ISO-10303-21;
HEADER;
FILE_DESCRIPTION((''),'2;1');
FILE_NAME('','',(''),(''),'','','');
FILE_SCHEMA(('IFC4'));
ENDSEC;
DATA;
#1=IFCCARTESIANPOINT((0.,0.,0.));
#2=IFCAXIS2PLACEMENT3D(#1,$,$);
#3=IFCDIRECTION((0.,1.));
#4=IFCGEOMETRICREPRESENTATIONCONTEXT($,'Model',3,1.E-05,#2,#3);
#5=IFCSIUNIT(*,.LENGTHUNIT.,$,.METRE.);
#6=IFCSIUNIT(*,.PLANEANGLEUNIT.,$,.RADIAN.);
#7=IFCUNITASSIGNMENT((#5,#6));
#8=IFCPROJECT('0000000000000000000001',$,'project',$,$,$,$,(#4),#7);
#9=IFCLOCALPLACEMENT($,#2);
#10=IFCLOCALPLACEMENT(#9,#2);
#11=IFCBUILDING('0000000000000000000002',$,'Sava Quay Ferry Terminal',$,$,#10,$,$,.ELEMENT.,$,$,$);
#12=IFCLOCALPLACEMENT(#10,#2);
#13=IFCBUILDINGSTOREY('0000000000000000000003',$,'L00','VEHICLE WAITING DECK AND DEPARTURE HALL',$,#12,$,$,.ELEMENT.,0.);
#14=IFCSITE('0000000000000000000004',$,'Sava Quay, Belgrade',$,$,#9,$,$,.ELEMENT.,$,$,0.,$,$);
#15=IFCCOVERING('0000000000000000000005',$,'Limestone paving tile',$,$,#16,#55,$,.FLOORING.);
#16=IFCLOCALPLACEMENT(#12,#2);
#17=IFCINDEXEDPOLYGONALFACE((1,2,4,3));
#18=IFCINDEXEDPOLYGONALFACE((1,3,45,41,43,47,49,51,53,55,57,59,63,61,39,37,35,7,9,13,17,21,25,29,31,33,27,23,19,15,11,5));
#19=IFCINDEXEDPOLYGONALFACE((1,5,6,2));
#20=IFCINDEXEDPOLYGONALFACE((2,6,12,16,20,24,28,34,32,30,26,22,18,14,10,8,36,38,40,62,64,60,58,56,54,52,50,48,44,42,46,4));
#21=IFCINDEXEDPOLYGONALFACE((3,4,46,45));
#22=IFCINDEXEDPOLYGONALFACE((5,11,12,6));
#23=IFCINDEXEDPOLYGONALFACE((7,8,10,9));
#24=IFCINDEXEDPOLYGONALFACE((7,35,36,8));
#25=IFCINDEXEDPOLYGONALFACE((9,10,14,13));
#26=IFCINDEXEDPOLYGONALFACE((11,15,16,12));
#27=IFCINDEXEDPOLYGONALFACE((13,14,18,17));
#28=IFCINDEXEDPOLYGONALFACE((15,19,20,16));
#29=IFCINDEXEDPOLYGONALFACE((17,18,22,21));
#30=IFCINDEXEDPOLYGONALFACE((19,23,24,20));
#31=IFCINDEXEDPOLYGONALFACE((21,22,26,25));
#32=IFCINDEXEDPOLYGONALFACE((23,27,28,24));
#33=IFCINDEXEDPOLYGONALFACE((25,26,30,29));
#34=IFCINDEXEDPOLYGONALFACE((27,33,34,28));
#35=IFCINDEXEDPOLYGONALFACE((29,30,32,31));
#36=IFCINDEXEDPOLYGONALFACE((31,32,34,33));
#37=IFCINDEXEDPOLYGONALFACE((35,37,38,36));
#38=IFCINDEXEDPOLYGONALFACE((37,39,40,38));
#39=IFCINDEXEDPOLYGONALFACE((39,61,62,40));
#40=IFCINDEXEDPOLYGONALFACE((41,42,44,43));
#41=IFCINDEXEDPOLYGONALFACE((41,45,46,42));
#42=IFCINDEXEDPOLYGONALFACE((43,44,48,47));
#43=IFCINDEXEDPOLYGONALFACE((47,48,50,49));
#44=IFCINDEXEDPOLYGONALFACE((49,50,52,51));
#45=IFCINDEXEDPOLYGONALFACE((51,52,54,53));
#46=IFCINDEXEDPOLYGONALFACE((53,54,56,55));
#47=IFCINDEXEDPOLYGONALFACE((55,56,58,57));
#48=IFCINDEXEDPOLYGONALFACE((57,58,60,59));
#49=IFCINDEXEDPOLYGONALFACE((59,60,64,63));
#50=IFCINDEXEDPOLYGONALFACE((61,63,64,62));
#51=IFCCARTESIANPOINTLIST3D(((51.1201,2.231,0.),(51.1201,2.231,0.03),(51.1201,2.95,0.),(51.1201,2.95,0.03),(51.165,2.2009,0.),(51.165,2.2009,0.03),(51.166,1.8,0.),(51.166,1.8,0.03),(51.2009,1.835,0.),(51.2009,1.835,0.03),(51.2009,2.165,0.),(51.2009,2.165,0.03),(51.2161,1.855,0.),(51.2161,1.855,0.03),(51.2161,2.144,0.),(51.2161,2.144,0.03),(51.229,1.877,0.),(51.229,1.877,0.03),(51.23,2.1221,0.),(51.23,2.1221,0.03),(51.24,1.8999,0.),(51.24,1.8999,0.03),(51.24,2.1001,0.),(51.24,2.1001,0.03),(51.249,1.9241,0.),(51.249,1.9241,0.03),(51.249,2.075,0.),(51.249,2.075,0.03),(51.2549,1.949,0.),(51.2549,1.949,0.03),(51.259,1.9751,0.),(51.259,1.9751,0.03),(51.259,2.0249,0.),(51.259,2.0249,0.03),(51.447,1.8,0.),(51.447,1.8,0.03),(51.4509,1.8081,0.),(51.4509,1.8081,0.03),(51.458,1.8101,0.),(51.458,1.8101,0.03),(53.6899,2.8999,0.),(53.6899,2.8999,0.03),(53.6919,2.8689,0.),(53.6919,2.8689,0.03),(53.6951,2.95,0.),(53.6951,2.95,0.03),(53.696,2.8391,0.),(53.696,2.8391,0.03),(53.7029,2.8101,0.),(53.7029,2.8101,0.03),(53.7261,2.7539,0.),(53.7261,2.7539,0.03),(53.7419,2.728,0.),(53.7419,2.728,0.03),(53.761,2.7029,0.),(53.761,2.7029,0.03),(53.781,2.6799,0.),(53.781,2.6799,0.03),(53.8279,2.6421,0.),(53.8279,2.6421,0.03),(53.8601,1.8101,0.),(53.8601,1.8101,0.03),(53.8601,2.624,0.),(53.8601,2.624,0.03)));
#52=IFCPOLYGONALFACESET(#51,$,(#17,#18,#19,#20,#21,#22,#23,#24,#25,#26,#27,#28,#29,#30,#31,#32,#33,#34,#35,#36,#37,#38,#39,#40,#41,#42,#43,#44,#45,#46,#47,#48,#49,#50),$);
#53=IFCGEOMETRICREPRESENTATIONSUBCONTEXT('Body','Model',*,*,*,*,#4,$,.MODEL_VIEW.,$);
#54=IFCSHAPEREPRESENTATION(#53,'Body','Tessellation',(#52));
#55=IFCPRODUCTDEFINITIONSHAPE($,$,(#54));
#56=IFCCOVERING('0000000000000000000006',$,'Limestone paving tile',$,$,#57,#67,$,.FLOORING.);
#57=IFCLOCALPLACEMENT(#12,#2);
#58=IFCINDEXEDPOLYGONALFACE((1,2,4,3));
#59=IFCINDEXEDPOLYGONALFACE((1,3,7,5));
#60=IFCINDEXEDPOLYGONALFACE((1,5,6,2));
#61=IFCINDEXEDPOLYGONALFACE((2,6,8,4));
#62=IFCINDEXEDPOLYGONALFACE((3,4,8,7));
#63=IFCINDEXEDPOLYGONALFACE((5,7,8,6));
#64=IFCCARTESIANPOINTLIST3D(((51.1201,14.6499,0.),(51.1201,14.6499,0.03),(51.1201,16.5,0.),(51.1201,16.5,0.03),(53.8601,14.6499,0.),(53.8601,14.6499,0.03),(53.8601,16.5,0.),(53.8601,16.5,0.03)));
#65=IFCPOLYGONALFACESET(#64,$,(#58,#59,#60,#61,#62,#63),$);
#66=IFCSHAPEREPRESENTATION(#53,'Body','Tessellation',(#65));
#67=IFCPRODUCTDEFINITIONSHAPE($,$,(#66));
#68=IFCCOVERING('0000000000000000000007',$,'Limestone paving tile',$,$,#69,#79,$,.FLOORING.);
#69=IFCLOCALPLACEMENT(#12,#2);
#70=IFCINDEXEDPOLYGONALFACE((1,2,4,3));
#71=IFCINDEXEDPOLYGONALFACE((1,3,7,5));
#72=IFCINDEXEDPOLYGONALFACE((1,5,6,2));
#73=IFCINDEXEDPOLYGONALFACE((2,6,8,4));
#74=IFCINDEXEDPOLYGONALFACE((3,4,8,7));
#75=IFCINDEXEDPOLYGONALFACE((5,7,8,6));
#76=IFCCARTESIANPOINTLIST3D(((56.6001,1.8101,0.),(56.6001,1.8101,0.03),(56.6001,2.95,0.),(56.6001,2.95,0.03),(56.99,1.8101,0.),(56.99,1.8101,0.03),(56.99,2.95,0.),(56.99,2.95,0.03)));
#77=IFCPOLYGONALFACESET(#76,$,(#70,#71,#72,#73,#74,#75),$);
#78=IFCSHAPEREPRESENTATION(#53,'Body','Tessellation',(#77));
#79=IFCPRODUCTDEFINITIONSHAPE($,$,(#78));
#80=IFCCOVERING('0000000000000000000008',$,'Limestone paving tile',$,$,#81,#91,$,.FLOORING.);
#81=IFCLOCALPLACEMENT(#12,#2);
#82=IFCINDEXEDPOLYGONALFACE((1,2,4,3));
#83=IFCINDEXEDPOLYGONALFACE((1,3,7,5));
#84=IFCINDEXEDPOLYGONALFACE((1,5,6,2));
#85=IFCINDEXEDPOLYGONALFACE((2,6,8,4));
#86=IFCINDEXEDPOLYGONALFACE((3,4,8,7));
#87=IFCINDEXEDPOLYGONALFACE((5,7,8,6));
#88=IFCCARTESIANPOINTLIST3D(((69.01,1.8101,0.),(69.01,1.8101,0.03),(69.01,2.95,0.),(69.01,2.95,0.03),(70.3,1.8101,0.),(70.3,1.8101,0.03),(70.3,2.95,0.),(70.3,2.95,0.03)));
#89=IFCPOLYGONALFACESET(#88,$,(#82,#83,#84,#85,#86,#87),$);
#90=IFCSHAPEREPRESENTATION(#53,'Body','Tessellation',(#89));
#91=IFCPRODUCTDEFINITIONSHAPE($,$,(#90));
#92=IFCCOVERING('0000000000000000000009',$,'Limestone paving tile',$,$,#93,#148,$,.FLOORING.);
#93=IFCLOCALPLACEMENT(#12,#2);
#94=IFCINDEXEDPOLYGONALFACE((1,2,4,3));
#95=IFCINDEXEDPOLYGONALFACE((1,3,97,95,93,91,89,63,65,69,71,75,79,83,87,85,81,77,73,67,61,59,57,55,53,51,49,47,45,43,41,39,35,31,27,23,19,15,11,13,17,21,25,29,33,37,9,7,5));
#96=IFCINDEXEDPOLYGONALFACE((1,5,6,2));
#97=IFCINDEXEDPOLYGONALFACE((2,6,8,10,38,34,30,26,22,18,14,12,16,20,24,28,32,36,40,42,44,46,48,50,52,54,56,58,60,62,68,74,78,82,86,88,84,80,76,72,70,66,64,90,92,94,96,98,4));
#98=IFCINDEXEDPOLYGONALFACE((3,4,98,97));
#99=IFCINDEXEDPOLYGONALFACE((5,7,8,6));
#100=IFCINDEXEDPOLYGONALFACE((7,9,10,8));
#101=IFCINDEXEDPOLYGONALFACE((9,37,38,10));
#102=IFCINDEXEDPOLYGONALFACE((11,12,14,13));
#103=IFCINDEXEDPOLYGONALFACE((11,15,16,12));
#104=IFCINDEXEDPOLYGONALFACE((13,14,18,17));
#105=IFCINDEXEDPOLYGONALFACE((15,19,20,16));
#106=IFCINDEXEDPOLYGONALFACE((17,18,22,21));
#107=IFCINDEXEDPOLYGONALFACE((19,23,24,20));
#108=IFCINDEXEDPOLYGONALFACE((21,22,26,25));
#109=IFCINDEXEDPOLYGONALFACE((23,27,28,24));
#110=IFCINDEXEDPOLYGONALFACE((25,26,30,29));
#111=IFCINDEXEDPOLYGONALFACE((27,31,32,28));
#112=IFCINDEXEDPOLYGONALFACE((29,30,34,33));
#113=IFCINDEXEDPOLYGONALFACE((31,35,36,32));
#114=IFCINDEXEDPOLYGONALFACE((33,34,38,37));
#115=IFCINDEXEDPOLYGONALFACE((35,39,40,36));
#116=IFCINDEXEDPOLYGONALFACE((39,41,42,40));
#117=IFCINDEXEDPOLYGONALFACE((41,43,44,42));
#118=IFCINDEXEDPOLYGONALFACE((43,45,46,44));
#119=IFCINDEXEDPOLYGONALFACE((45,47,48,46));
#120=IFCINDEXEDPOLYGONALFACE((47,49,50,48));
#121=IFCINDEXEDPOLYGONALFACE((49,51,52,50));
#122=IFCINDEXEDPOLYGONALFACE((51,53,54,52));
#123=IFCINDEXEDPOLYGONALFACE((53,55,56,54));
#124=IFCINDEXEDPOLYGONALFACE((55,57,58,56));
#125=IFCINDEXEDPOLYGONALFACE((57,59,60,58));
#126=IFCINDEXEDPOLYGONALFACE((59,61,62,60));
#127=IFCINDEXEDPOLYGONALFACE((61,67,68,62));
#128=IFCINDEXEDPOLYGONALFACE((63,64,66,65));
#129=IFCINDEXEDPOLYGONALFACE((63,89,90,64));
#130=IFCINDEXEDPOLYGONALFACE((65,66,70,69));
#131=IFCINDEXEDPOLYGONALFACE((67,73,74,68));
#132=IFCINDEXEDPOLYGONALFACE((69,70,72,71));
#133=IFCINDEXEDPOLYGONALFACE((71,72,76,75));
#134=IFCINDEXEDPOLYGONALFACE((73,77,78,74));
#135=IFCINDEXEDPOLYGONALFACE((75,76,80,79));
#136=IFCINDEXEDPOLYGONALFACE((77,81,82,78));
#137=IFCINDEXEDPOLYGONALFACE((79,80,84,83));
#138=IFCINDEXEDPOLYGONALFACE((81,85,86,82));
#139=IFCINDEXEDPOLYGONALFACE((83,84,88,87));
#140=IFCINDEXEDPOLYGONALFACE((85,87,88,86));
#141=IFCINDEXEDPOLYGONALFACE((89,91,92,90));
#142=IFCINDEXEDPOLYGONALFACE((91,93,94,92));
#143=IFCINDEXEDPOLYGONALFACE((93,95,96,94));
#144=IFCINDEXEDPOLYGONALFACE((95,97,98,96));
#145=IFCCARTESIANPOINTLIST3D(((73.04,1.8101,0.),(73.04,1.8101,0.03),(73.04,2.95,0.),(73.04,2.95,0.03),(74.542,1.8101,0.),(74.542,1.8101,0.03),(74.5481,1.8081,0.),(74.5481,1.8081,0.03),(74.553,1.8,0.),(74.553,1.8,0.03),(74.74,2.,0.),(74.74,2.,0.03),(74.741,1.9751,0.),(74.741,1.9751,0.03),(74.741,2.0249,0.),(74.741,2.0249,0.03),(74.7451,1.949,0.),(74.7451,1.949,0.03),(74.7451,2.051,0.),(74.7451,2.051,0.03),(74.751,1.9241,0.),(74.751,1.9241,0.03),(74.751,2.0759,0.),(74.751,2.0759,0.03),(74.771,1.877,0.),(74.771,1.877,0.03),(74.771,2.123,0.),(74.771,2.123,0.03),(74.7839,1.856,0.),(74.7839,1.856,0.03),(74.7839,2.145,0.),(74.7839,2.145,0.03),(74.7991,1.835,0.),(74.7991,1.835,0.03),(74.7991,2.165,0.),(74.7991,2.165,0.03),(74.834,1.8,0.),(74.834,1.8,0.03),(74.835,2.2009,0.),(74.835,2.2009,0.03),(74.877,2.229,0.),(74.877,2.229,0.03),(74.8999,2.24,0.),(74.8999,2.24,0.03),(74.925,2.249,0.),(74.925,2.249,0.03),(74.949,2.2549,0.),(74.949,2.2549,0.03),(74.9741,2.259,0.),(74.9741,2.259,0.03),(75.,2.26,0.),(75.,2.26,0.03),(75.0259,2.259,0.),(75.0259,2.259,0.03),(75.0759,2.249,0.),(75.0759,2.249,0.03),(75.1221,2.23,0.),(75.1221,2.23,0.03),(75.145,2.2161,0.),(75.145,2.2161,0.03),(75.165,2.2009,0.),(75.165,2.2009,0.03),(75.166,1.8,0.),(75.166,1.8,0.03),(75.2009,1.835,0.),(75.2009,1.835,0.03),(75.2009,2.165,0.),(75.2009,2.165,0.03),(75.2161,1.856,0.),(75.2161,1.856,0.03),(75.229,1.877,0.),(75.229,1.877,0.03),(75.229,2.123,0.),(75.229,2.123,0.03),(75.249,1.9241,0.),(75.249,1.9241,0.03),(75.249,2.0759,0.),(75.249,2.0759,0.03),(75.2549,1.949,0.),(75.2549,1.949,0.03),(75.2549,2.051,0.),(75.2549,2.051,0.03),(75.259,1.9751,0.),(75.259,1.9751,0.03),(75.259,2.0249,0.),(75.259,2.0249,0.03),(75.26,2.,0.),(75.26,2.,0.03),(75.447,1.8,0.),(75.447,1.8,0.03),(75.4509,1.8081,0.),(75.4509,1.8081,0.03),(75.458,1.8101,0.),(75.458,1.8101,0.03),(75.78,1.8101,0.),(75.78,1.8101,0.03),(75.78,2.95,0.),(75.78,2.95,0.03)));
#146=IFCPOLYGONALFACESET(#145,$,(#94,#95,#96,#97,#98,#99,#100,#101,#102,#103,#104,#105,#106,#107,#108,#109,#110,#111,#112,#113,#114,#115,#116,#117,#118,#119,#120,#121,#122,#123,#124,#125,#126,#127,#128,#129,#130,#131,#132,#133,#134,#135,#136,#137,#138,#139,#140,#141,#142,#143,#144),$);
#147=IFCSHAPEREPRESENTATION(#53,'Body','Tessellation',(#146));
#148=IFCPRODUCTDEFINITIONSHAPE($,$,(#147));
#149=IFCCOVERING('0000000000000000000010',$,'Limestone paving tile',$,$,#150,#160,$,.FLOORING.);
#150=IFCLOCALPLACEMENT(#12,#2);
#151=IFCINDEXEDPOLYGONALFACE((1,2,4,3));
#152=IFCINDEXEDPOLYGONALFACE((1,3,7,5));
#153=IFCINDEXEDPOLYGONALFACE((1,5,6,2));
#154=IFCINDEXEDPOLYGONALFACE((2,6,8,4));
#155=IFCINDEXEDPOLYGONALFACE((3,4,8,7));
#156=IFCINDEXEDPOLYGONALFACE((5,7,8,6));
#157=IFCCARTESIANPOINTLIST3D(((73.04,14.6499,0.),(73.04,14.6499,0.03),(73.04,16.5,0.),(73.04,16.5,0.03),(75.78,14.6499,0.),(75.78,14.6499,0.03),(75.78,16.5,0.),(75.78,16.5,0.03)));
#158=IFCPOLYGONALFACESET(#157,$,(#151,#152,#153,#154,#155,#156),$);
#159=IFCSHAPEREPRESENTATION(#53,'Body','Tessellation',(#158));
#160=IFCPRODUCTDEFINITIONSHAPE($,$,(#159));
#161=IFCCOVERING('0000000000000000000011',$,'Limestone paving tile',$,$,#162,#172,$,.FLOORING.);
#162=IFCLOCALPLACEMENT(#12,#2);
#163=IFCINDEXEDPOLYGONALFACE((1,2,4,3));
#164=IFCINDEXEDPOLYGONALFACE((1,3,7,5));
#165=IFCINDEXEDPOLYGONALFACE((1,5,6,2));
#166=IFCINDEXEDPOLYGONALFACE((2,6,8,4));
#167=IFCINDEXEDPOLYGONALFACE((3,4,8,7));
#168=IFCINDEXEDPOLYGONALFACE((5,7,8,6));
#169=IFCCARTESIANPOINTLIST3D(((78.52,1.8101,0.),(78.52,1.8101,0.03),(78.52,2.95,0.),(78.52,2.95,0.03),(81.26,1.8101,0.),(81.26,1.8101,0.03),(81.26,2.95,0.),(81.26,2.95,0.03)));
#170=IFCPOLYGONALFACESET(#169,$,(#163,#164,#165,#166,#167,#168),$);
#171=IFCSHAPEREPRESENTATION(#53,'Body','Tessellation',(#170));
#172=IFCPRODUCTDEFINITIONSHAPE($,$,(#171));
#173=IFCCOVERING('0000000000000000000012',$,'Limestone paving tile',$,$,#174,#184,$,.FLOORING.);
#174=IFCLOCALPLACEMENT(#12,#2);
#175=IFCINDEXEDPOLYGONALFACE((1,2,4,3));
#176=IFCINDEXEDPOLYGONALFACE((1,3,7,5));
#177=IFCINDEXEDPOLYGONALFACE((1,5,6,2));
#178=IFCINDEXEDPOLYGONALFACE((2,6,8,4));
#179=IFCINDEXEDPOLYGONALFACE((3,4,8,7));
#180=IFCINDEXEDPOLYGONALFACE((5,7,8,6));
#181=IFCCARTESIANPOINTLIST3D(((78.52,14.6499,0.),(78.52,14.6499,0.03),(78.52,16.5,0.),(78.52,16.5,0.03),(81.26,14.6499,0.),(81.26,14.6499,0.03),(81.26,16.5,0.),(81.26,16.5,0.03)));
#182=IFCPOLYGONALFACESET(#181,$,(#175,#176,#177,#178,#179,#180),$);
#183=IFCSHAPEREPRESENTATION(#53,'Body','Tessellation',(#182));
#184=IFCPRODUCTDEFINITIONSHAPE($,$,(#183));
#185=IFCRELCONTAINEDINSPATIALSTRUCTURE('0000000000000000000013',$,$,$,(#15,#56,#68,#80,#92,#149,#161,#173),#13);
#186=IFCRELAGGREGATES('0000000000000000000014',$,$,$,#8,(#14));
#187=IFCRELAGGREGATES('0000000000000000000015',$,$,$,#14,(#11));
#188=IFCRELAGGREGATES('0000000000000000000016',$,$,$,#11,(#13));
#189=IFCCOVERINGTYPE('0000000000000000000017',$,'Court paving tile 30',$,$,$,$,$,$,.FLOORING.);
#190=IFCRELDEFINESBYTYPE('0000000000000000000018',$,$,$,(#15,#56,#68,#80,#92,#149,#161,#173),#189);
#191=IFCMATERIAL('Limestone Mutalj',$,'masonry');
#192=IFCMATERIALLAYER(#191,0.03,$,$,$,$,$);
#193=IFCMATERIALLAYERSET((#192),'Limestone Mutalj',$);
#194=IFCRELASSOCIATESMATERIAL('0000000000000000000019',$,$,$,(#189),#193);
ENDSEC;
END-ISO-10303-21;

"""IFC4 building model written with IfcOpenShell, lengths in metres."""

from ifc_helpers import new_model, si_unit, direction, origin, place, context, subcontext, project, spatial, polyline, outline, extrude, material, layer, layer_set, type_object, element, save


model = new_model("IFC4")

# Units and contexts
model_context = context("Model", 3, precision=1e-05, world=origin(), true_north=direction((0.0, 1.0)))
body_context = subcontext(model_context, "Body", "Model", "MODEL_VIEW")
ifc_project = project(units=[si_unit("LENGTHUNIT", "METRE"), si_unit("PLANEANGLEUNIT", "RADIAN")], contexts=[model_context])

# Site, building, storey
site_placement = place(None, origin())
site = spatial("IfcSite", under=ifc_project, at=site_placement, Name="Sava Quay, Belgrade", CompositionType="ELEMENT", RefElevation=0.0)
building_placement = place(site_placement, origin())
building = spatial("IfcBuilding", under=site, at=building_placement, Name="Sava Quay Ferry Terminal", CompositionType="ELEMENT")
storey_placement = place(building_placement, origin())
storey = spatial("IfcBuildingStorey", under=building, at=storey_placement, Name="L00", Description="VEHICLE WAITING DECK AND DEPARTURE HALL", CompositionType="ELEMENT", Elevation=0.0)

# Coverings
ifc_material_1 = material(Name="Limestone Mutalj", Category="masonry")
ifc_layer_1 = layer(ifc_material_1, 0.03)
ifc_layer_set_1 = layer_set([ifc_layer_1], Name="Limestone Mutalj")
covering_type_1 = type_object("IfcCoveringType", Name="Court paving tile 30", PredefinedType="FLOORING", material=ifc_layer_set_1)
covering_1_placement = place(storey_placement, origin())
element("IfcCovering", 1, at=covering_1_placement, inside=storey, type_object=covering_type_1, Name="Limestone paving tile", PredefinedType="FLOORING", context=body_context, shape_type="SweptSolid", body=[
    extrude(outline(polyline([(51.458, 1.8101), (53.8601, 1.8101), (53.8601, 2.624), (53.8279, 2.6421), (53.781, 2.6799), (53.761, 2.7029), (53.7419, 2.728), (53.7261, 2.7539), (53.7029, 2.8101), (53.696, 2.8391), (53.6919, 2.8689), (53.6899, 2.8999), (53.6951, 2.95), (51.1201, 2.95), (51.1201, 2.231), (51.165, 2.2009), (51.2009, 2.165), (51.2161, 2.144), (51.23, 2.1221), (51.24, 2.1001), (51.249, 2.075), (51.259, 2.0249), (51.259, 1.9751), (51.2549, 1.949), (51.249, 1.9241), (51.24, 1.8999), (51.229, 1.877), (51.2161, 1.855), (51.2009, 1.835), (51.166, 1.8), (51.447, 1.8), (51.4509, 1.8081), (51.458, 1.8101)])), origin(), (0.0, 0.0, 1.0), 0.03),
])
covering_2_placement = place(storey_placement, origin())
element("IfcCovering", 2, at=covering_2_placement, inside=storey, type_object=covering_type_1, Name="Limestone paving tile", PredefinedType="FLOORING", context=body_context, shape_type="SweptSolid", body=[
    extrude(outline(polyline([(51.1201, 16.5), (51.1201, 14.6499), (53.8601, 14.6499), (53.8601, 16.5), (51.1201, 16.5)])), origin(), (0.0, 0.0, 1.0), 0.03),
])
covering_3_placement = place(storey_placement, origin())
element("IfcCovering", 3, at=covering_3_placement, inside=storey, type_object=covering_type_1, Name="Limestone paving tile", PredefinedType="FLOORING", context=body_context, shape_type="SweptSolid", body=[
    extrude(outline(polyline([(56.99, 1.8101), (56.99, 2.95), (56.6001, 2.95), (56.6001, 1.8101), (56.99, 1.8101)])), origin(), (0.0, 0.0, 1.0), 0.03),
])
covering_4_placement = place(storey_placement, origin())
element("IfcCovering", 4, at=covering_4_placement, inside=storey, type_object=covering_type_1, Name="Limestone paving tile", PredefinedType="FLOORING", context=body_context, shape_type="SweptSolid", body=[
    extrude(outline(polyline([(69.01, 1.8101), (70.3, 1.8101), (70.3, 2.95), (69.01, 2.95), (69.01, 1.8101)])), origin(), (0.0, 0.0, 1.0), 0.03),
])
covering_5_placement = place(storey_placement, origin())
element("IfcCovering", 5, at=covering_5_placement, inside=storey, type_object=covering_type_1, Name="Limestone paving tile", PredefinedType="FLOORING", context=body_context, shape_type="SweptSolid", body=[
    extrude(outline(polyline([(75.458, 1.8101), (75.78, 1.8101), (75.78, 2.95), (73.04, 2.95), (73.04, 1.8101), (74.542, 1.8101), (74.5481, 1.8081), (74.553, 1.8), (74.834, 1.8), (74.7991, 1.835), (74.7839, 1.856), (74.771, 1.877), (74.751, 1.9241), (74.7451, 1.949), (74.741, 1.9751), (74.74, 2.0), (74.741, 2.0249), (74.7451, 2.051), (74.751, 2.0759), (74.771, 2.123), (74.7839, 2.145), (74.7991, 2.165), (74.835, 2.2009), (74.877, 2.229), (74.8999, 2.24), (74.925, 2.249), (74.949, 2.2549), (74.9741, 2.259), (75.0, 2.26), (75.0259, 2.259), (75.0759, 2.249), (75.1221, 2.23), (75.145, 2.2161), (75.165, 2.2009), (75.2009, 2.165), (75.229, 2.123), (75.249, 2.0759), (75.2549, 2.051), (75.259, 2.0249), (75.26, 2.0), (75.259, 1.9751), (75.2549, 1.949), (75.249, 1.9241), (75.229, 1.877), (75.2161, 1.856), (75.2009, 1.835), (75.166, 1.8), (75.447, 1.8), (75.4509, 1.8081), (75.458, 1.8101)])), origin(), (0.0, 0.0, 1.0), 0.03),
])
covering_6_placement = place(storey_placement, origin())
element("IfcCovering", 6, at=covering_6_placement, inside=storey, type_object=covering_type_1, Name="Limestone paving tile", PredefinedType="FLOORING", context=body_context, shape_type="SweptSolid", body=[
    extrude(outline(polyline([(73.04, 16.5), (73.04, 14.6499), (75.78, 14.6499), (75.78, 16.5), (73.04, 16.5)])), origin(), (0.0, 0.0, 1.0), 0.03),
])
covering_7_placement = place(storey_placement, origin())
element("IfcCovering", 7, at=covering_7_placement, inside=storey, type_object=covering_type_1, Name="Limestone paving tile", PredefinedType="FLOORING", context=body_context, shape_type="SweptSolid", body=[
    extrude(outline(polyline([(78.52, 1.8101), (81.26, 1.8101), (81.26, 2.95), (78.52, 2.95), (78.52, 1.8101)])), origin(), (0.0, 0.0, 1.0), 0.03),
])
covering_8_placement = place(storey_placement, origin())
element("IfcCovering", 8, at=covering_8_placement, inside=storey, type_object=covering_type_1, Name="Limestone paving tile", PredefinedType="FLOORING", context=body_context, shape_type="SweptSolid", body=[
    extrude(outline(polyline([(78.52, 16.5), (78.52, 14.6499), (81.26, 14.6499), (81.26, 16.5), (78.52, 16.5)])), origin(), (0.0, 0.0, 1.0), 0.03),
])

save(model, "model.ifc")
